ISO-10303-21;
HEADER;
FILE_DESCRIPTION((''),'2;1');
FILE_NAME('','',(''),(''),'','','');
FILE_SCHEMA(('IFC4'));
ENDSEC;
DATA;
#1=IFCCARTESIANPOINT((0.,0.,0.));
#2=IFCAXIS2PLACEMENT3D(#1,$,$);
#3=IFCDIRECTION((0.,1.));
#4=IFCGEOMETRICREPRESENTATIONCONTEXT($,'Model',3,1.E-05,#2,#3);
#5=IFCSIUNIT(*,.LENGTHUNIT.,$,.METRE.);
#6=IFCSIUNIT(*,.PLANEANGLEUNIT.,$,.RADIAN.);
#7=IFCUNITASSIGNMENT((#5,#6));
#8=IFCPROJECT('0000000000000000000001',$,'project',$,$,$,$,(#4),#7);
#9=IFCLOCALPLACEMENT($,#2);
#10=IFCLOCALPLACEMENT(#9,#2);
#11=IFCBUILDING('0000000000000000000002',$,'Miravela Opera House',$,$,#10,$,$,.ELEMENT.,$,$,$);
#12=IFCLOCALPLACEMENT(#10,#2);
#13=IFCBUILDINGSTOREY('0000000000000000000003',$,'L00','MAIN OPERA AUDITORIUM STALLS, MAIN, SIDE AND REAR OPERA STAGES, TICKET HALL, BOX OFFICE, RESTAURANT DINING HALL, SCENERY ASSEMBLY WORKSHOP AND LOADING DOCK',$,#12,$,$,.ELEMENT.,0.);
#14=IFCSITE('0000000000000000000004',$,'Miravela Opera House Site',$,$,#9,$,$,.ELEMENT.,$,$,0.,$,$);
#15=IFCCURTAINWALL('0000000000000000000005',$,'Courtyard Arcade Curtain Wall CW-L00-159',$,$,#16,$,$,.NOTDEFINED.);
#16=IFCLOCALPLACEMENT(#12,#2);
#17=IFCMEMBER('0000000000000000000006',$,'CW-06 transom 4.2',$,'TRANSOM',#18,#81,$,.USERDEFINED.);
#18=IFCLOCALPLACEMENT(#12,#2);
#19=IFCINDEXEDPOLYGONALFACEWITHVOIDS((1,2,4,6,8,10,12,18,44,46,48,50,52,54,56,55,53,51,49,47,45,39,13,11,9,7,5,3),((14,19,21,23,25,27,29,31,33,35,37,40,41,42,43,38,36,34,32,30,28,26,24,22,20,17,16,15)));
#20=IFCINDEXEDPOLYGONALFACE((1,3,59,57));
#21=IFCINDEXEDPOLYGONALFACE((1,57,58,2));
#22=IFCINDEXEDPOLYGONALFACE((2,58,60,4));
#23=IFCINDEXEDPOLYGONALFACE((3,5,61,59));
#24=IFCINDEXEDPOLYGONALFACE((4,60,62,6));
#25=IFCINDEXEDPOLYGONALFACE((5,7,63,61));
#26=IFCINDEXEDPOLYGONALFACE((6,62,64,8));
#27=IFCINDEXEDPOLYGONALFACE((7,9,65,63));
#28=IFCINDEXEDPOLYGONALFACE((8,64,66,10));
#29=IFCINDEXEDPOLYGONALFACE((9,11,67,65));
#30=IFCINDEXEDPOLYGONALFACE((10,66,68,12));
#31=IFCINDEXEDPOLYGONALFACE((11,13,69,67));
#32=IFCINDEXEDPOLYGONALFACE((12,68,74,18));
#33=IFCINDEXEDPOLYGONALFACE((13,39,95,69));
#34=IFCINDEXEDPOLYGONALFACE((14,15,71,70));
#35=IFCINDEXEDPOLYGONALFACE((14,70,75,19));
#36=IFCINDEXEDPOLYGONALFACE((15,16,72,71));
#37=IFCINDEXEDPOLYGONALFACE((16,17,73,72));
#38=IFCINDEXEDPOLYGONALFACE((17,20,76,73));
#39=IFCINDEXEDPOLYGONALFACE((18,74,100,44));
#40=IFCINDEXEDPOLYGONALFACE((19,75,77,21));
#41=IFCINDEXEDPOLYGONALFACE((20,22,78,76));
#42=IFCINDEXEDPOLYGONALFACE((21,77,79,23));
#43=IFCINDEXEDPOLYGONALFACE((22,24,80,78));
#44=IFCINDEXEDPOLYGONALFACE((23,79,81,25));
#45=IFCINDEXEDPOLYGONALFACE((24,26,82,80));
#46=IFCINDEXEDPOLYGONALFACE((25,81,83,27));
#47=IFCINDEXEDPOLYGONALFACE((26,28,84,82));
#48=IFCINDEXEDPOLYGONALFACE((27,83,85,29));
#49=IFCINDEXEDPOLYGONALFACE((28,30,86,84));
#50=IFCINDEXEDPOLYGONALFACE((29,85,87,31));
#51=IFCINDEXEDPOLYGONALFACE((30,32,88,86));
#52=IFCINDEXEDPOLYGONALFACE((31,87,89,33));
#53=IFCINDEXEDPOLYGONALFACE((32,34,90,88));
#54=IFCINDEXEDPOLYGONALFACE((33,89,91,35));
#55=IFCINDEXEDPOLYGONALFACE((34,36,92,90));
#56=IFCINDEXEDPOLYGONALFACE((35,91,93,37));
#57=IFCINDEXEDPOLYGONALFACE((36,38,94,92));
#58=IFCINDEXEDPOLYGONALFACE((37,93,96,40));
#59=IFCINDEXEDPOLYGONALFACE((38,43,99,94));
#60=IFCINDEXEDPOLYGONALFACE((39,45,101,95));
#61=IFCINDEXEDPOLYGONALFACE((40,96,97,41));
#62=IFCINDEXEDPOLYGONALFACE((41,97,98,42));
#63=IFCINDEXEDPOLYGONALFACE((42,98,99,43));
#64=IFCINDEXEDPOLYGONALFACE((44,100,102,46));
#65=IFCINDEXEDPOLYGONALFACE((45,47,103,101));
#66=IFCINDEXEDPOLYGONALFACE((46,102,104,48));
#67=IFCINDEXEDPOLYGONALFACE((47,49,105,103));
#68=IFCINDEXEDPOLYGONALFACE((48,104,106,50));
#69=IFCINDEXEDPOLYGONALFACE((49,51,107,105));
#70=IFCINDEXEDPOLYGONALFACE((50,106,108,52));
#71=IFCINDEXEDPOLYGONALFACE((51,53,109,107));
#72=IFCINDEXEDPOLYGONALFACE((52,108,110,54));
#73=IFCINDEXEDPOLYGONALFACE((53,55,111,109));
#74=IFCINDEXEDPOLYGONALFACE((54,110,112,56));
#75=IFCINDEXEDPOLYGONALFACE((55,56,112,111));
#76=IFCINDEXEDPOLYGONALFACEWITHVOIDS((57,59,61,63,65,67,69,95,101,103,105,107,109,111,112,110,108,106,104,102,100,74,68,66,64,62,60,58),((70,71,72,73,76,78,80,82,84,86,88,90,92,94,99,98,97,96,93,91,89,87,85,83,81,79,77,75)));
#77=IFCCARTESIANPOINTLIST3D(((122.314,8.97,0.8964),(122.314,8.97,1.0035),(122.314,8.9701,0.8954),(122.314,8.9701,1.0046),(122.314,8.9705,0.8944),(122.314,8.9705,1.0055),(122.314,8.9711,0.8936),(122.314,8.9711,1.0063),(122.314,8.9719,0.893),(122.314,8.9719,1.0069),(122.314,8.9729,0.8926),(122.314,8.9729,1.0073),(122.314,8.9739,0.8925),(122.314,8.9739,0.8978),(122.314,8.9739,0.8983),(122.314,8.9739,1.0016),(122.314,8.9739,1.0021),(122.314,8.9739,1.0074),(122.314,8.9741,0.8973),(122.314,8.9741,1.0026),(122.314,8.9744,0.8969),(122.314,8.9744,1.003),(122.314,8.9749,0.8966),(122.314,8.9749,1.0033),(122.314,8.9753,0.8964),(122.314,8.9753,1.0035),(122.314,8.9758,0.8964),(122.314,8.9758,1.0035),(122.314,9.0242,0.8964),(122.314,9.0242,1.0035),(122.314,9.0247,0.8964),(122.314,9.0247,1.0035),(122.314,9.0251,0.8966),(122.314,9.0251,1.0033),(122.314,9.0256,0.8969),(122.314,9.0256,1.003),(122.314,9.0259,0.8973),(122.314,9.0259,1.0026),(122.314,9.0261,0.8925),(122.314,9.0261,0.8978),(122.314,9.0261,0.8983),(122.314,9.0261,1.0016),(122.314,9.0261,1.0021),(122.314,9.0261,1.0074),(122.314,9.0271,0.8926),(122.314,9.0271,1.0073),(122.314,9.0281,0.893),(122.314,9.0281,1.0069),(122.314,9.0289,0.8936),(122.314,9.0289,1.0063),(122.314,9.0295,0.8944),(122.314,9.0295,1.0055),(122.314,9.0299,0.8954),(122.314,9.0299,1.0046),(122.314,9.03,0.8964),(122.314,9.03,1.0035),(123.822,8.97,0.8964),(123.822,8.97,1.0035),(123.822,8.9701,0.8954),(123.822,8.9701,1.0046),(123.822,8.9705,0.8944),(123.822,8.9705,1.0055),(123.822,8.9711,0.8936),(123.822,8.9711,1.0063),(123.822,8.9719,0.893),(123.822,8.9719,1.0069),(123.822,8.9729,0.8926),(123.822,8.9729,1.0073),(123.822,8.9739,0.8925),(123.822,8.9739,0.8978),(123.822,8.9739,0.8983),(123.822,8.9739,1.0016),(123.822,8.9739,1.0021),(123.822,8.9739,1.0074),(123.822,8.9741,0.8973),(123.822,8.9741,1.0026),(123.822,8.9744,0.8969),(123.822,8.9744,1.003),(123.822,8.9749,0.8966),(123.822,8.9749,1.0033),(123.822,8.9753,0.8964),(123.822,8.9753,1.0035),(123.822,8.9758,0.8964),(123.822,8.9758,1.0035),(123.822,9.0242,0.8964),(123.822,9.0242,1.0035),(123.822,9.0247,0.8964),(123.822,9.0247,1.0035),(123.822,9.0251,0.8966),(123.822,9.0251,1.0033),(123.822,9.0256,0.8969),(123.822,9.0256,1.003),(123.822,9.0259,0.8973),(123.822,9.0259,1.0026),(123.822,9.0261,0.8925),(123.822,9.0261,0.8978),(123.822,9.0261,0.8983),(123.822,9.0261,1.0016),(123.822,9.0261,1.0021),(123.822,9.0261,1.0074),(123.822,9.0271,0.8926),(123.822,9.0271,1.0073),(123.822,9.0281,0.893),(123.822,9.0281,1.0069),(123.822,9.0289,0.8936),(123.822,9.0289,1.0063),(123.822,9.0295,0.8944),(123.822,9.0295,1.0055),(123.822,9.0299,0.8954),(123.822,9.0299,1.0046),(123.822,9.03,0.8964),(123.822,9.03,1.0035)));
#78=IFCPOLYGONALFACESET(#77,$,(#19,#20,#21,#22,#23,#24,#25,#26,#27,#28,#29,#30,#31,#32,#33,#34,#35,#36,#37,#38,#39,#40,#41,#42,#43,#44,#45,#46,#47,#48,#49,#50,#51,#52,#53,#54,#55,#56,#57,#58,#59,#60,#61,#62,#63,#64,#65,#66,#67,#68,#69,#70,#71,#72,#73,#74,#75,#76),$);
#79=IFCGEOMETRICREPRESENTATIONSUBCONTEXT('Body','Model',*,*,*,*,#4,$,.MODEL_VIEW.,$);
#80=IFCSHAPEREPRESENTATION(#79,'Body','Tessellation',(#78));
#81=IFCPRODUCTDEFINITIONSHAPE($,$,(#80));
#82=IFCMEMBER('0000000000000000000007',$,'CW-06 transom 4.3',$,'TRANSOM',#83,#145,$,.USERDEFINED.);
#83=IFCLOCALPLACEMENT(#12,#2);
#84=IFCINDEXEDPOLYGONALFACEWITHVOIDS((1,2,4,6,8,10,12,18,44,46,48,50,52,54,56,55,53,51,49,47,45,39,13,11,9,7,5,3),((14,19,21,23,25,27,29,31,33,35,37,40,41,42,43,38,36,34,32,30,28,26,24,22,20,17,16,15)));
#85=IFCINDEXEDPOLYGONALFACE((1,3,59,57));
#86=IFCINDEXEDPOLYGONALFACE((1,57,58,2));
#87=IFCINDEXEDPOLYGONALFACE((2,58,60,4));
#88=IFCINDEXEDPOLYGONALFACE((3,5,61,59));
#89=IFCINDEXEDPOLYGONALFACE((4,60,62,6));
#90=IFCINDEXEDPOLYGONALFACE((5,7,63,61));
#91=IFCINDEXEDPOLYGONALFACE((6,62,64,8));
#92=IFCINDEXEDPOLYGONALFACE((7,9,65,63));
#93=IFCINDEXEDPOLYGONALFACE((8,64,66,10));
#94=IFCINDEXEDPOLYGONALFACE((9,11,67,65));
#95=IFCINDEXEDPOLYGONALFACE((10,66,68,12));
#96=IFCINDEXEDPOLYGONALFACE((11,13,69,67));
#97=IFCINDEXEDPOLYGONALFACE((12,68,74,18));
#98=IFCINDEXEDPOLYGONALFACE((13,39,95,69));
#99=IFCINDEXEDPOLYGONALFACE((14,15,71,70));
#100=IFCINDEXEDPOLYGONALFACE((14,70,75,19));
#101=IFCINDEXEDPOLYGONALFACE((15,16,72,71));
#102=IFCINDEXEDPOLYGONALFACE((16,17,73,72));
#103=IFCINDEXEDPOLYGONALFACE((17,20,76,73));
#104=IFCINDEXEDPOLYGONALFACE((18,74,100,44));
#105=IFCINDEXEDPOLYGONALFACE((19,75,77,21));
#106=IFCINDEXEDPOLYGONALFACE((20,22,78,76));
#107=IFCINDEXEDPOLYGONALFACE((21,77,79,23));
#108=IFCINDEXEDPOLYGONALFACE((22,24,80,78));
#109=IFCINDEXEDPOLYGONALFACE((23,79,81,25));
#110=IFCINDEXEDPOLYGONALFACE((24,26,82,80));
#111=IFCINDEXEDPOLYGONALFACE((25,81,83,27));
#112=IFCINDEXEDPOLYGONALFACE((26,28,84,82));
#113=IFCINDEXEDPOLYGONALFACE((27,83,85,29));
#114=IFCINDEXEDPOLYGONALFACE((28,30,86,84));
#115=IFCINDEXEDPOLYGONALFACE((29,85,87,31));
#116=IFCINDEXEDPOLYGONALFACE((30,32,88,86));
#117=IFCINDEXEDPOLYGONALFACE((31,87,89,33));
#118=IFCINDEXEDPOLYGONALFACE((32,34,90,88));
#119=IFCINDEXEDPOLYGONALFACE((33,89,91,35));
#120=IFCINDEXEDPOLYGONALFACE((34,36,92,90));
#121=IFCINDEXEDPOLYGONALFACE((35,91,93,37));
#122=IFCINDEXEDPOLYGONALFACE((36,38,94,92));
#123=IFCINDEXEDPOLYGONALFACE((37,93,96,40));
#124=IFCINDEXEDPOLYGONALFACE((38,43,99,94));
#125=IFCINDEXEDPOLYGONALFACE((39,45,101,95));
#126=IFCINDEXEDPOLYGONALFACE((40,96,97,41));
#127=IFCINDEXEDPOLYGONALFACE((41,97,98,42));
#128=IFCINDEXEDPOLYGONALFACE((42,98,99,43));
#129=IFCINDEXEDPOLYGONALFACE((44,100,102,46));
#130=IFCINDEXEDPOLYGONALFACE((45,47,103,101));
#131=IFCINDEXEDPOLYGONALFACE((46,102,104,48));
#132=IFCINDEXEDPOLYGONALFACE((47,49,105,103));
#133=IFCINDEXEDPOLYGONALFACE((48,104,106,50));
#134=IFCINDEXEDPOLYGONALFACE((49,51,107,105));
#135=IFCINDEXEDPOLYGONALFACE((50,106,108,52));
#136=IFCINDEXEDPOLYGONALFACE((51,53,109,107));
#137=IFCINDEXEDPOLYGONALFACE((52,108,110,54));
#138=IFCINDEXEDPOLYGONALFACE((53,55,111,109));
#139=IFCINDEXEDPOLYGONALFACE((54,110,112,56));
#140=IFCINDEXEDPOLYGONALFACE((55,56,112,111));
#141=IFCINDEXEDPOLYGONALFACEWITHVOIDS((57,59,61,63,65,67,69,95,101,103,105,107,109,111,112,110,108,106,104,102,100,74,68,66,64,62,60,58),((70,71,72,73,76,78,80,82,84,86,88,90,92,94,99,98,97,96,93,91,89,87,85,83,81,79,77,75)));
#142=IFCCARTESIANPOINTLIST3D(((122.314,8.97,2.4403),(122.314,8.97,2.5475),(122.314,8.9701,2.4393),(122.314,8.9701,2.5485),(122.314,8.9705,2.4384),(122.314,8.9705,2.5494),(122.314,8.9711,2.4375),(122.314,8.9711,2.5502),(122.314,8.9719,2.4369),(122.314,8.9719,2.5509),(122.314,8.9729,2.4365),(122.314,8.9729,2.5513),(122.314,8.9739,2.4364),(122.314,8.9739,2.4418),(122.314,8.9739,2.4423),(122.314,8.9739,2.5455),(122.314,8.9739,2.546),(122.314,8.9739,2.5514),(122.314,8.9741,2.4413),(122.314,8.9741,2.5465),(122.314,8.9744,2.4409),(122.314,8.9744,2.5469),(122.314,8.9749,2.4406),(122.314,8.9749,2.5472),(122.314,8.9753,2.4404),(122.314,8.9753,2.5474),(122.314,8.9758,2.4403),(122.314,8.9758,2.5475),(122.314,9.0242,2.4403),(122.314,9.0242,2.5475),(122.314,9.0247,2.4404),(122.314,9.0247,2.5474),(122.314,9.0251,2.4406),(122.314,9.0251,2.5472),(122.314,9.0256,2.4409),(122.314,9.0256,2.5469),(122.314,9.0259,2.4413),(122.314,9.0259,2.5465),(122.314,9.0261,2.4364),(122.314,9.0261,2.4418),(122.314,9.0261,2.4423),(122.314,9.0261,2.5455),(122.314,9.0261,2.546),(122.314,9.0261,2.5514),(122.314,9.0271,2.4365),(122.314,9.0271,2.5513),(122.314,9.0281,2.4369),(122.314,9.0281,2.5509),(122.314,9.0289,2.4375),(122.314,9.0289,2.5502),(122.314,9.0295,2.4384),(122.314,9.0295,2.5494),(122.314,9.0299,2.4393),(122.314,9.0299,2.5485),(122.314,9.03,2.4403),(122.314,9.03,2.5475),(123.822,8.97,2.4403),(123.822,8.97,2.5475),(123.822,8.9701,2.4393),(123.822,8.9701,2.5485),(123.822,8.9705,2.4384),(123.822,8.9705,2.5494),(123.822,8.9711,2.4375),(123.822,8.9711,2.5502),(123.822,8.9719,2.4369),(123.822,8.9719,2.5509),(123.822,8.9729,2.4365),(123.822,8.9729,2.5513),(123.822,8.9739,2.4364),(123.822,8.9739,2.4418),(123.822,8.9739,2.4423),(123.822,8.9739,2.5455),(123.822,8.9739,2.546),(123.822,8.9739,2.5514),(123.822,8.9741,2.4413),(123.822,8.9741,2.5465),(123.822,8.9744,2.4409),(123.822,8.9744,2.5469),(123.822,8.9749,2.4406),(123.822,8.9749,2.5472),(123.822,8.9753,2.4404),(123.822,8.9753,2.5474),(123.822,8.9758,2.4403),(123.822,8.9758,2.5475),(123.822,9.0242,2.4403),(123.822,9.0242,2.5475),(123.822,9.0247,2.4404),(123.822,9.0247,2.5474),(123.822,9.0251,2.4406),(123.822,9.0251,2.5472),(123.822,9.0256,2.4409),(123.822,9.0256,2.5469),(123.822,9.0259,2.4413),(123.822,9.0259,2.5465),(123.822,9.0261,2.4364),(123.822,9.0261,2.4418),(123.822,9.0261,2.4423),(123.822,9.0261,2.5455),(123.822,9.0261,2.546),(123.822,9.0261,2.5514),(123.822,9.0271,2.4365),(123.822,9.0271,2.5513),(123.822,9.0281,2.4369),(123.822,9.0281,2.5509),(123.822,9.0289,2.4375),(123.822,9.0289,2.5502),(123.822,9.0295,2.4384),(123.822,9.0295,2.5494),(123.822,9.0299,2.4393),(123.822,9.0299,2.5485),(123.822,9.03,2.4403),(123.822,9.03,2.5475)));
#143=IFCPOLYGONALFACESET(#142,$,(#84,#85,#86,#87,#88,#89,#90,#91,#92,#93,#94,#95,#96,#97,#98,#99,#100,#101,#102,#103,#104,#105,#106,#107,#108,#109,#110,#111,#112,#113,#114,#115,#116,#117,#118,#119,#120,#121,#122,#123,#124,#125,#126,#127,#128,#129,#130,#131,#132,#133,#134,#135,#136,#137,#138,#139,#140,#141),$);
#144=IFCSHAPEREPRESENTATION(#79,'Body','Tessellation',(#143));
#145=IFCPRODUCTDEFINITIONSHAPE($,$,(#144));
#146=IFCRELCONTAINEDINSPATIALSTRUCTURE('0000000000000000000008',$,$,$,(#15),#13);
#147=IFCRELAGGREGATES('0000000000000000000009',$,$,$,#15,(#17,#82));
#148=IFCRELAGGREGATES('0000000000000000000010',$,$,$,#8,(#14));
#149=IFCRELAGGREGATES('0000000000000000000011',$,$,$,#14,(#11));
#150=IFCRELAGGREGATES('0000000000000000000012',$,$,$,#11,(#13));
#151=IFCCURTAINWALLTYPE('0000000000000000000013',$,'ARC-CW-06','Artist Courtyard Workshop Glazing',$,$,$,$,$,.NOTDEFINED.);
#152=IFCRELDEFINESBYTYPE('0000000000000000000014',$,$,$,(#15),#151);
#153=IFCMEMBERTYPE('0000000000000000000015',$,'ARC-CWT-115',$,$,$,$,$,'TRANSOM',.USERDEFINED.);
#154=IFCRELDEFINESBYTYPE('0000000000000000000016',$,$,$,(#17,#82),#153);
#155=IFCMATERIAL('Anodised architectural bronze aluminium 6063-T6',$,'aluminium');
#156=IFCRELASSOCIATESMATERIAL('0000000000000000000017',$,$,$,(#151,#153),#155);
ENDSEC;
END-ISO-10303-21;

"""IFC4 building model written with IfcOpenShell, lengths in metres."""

from ifc_helpers import new_model, si_unit, direction, frame, origin, origin_2d, place, context, subcontext, project, spatial, hollow_rectangle, extrude, material, material_profile, profile_set, type_object, element, aggregate, save


model = new_model("IFC4")

# Units and contexts
model_context = context("Model", 3, precision=1e-05, world=origin(), true_north=direction((0.0, 1.0)))
body_context = subcontext(model_context, "Body", "Model", "MODEL_VIEW")
ifc_project = project(units=[si_unit("LENGTHUNIT", "METRE"), si_unit("PLANEANGLEUNIT", "RADIAN")], contexts=[model_context])

# Site, building, storey
site_placement = place(None, origin())
site = spatial("IfcSite", under=ifc_project, at=site_placement, Name="Miravela Opera House Site", CompositionType="ELEMENT", RefElevation=0.0)
building_placement = place(site_placement, origin())
building = spatial("IfcBuilding", under=site, at=building_placement, Name="Miravela Opera House", CompositionType="ELEMENT")
storey_placement = place(building_placement, origin())
storey = spatial("IfcBuildingStorey", under=building, at=storey_placement, Name="L00", Description="MAIN OPERA AUDITORIUM STALLS, MAIN, SIDE AND REAR OPERA STAGES, TICKET HALL, BOX OFFICE, RESTAURANT DINING HALL, SCENERY ASSEMBLY WORKSHOP AND LOADING DOCK", CompositionType="ELEMENT", Elevation=0.0)

# Curtain wall, members
ifc_material_1 = material(Name="Anodised architectural bronze aluminium 6063-T6", Category="aluminium")
curtain_wall_type = type_object("IfcCurtainWallType", Name="ARC-CW-06", Description="Artist Courtyard Workshop Glazing", PredefinedType="NOTDEFINED", material=ifc_material_1)
curtain_wall_placement = place(storey_placement, origin())
curtain_wall = element("IfcCurtainWall", 1, at=curtain_wall_placement, inside=storey, type_object=curtain_wall_type, Name="Courtyard Arcade Curtain Wall CW-L00-159", PredefinedType="NOTDEFINED")
ifc_material_profile_1 = material_profile(ifc_material_1, hollow_rectangle(XDim=0.0601, YDim=0.115, WallThickness=0.0039, InnerFilletRadius=0.002, OuterFilletRadius=0.0039, at=origin_2d()), Name="CWT-60X115")
ifc_profile_set_1 = profile_set([ifc_material_profile_1])
member_type_1 = type_object("IfcMemberType", Name="ARC-CWT-115", ElementType="TRANSOM", PredefinedType="USERDEFINED", material=ifc_profile_set_1)
member_1_placement = place(storey_placement, frame((122.314, 9.0, 0.95), z_axis=(1.0, 0.0, 0.0), x_axis=(0.0, 1.0, 0.0)))
member_1 = element("IfcMember", 2, at=member_1_placement, type_object=member_type_1, Name="CW-06 transom 4.2", ObjectType="TRANSOM", PredefinedType="USERDEFINED", context=body_context, shape_type="SweptSolid", body=[
    extrude(hollow_rectangle(XDim=0.0601, YDim=0.115, WallThickness=0.0039, InnerFilletRadius=0.002, OuterFilletRadius=0.0039, at=origin_2d()), origin(), (0.0, 0.0, 1.0), 1.5081),
])
member_2_placement = place(storey_placement, frame((122.314, 9.0, 2.4939), z_axis=(1.0, 0.0, 0.0), x_axis=(0.0, 1.0, 0.0)))
member_2 = element("IfcMember", 3, at=member_2_placement, type_object=member_type_1, Name="CW-06 transom 4.3", ObjectType="TRANSOM", PredefinedType="USERDEFINED", context=body_context, shape_type="SweptSolid", body=[
    extrude(hollow_rectangle(XDim=0.0601, YDim=0.115, WallThickness=0.0039, InnerFilletRadius=0.002, OuterFilletRadius=0.0039, at=origin_2d()), origin(), (0.0, 0.0, 1.0), 1.5081),
])
aggregate(curtain_wall, [member_1, member_2])

save(model, "model.ifc")
